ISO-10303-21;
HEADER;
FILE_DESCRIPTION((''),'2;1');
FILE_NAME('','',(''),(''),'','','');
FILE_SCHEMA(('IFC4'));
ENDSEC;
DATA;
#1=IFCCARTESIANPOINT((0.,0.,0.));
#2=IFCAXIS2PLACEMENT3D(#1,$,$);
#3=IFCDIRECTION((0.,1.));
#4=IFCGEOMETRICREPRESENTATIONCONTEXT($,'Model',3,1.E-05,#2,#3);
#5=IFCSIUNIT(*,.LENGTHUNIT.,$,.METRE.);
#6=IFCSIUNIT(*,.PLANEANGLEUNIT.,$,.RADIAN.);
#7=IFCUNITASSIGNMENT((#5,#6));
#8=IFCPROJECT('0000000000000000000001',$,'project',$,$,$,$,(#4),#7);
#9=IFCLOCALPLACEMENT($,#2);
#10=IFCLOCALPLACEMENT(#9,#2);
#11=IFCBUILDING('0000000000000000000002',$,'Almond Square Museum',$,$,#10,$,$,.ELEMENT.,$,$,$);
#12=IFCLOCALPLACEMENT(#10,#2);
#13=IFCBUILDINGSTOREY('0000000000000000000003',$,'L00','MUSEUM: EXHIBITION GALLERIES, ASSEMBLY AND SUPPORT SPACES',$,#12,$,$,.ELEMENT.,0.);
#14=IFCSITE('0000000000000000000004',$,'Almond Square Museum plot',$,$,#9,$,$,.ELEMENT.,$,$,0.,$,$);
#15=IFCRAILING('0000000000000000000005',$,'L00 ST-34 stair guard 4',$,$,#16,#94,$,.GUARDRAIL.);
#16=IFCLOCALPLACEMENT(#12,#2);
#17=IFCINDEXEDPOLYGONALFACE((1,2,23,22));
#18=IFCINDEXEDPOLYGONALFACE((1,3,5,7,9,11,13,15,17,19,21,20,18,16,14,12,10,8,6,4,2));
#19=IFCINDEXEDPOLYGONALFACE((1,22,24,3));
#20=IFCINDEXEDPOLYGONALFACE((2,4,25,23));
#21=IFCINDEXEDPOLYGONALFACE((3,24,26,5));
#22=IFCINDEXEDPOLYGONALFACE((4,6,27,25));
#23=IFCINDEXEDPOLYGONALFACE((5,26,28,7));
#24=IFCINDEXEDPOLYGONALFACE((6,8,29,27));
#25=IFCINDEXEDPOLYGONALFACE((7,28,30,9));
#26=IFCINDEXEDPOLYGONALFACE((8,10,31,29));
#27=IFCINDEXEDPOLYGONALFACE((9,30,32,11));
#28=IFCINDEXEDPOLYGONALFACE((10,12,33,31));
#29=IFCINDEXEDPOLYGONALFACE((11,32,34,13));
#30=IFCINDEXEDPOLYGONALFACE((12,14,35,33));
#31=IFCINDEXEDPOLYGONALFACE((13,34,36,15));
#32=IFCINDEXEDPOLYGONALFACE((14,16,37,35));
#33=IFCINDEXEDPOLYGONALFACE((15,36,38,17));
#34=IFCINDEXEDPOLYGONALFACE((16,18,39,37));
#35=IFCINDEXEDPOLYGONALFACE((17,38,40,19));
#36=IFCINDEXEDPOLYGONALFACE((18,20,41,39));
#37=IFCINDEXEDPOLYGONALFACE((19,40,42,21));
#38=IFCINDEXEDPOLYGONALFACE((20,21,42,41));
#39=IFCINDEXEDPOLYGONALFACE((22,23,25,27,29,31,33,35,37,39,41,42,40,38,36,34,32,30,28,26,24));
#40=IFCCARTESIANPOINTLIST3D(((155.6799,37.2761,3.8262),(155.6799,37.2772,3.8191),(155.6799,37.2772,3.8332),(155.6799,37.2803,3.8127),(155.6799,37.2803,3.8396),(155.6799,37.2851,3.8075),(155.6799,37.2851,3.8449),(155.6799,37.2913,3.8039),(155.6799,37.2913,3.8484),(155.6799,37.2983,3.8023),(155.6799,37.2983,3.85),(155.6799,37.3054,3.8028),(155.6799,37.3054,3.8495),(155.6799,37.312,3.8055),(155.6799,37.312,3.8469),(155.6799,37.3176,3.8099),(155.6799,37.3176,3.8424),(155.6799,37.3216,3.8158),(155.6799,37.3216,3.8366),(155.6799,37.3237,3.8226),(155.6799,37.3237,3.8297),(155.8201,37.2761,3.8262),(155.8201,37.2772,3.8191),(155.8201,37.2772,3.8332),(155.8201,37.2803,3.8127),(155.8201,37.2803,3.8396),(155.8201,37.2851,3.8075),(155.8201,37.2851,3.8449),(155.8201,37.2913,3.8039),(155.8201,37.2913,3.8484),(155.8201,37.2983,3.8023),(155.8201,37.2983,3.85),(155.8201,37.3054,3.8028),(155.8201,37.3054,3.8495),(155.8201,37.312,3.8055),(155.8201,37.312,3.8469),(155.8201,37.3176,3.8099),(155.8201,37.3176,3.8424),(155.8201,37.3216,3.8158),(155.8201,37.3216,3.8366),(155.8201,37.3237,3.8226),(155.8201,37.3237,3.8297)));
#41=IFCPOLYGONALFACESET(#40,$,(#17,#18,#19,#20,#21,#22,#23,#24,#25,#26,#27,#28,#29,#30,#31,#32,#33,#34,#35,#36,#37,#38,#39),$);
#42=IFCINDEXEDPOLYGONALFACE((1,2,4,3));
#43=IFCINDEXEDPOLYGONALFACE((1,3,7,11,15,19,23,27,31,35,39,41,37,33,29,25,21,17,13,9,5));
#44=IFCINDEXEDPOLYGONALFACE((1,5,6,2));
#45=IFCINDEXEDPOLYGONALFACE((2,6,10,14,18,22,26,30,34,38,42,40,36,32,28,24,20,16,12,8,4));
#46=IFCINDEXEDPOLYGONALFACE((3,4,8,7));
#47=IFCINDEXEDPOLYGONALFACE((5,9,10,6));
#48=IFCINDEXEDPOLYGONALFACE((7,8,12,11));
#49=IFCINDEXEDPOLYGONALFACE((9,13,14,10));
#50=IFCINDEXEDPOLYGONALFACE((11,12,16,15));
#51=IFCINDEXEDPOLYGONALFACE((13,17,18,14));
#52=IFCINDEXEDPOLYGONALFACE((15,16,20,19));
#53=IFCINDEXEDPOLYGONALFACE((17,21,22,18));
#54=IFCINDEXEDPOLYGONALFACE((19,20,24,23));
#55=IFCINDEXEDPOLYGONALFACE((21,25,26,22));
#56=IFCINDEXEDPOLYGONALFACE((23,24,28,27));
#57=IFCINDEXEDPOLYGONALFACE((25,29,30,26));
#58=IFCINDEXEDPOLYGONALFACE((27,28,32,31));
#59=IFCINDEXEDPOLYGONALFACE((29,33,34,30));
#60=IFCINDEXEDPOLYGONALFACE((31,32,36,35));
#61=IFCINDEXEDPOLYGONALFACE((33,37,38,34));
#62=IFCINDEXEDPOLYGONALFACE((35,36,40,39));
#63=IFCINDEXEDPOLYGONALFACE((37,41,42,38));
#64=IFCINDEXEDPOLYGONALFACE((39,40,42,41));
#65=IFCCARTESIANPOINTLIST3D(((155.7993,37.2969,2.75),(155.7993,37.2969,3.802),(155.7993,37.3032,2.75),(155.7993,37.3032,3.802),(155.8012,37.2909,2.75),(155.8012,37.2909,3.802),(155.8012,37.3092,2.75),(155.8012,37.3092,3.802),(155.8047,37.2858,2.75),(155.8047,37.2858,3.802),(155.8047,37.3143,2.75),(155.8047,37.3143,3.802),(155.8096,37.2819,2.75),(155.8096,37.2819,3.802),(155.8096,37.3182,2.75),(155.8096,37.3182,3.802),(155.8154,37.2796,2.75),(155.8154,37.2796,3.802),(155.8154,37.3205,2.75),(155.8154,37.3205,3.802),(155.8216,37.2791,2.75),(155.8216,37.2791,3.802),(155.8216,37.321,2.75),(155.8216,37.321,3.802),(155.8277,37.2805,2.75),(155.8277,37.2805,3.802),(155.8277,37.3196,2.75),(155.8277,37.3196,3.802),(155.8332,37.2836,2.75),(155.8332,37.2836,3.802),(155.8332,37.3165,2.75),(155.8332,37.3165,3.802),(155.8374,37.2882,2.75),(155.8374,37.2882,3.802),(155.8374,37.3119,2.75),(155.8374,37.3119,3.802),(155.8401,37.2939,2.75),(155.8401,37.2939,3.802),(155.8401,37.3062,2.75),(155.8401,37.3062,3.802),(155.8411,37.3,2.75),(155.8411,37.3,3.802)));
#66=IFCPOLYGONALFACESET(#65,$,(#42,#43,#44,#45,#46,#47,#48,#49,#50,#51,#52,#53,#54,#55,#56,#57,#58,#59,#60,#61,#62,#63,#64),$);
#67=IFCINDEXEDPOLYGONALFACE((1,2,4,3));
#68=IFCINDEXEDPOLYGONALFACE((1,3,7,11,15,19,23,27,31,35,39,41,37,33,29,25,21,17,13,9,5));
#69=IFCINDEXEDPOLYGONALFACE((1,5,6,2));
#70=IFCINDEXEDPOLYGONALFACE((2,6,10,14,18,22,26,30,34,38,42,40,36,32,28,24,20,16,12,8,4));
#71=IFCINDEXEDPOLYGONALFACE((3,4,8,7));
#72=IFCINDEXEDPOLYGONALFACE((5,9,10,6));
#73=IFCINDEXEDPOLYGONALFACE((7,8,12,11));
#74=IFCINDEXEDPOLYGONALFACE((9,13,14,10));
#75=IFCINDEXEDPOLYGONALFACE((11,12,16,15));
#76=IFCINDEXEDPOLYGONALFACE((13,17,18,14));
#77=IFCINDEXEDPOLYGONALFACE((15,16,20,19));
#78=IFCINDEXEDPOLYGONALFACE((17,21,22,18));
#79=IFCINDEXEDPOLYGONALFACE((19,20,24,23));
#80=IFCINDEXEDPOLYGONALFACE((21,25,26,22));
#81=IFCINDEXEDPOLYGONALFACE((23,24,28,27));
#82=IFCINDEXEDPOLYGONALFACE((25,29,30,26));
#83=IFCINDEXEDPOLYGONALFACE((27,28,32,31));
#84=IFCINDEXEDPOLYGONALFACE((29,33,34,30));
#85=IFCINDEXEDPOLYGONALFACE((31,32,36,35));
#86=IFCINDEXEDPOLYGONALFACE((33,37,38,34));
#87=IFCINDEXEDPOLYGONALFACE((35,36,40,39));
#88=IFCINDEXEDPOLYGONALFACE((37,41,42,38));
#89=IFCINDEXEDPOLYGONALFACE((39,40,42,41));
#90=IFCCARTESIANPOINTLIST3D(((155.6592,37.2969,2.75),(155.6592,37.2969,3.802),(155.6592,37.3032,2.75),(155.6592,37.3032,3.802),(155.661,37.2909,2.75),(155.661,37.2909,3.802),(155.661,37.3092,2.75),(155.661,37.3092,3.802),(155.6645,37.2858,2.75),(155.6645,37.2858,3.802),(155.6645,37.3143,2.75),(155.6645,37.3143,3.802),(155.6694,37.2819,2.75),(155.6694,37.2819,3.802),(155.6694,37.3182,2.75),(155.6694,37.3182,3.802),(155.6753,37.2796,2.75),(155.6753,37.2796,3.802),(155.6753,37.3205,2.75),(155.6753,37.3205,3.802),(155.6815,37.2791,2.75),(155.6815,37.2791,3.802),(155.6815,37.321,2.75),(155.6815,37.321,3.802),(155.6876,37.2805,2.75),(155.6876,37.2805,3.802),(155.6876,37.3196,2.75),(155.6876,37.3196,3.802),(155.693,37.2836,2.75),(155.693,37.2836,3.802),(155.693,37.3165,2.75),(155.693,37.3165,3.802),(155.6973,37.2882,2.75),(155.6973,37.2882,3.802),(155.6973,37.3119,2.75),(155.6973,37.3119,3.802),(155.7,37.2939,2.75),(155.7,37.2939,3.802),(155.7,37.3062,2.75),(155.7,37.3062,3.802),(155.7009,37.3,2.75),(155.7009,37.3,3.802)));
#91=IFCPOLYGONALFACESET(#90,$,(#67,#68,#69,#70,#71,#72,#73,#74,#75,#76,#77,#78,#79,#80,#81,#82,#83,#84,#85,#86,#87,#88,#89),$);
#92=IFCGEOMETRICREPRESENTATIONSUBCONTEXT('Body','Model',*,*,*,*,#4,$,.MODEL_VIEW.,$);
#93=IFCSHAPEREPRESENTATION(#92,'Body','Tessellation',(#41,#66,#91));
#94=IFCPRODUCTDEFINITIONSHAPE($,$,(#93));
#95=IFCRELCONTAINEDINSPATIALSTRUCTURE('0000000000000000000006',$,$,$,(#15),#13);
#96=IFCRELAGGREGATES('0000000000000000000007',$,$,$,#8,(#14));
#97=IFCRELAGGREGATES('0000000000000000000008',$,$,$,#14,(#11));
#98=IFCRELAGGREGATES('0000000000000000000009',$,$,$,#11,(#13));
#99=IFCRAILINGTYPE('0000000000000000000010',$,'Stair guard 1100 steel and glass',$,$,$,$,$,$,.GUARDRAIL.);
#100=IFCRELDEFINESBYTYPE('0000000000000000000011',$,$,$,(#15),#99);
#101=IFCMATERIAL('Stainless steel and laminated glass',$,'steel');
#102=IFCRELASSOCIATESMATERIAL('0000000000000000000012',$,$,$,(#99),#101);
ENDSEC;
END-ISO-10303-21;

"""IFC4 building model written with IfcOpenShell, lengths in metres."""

from ifc_helpers import new_model, si_unit, direction, frame, origin, origin_2d, place, context, subcontext, project, spatial, circle, extrude, material, type_object, element, save


model = new_model("IFC4")

# Units and contexts
model_context = context("Model", 3, precision=1e-05, world=origin(), true_north=direction((0.0, 1.0)))
body_context = subcontext(model_context, "Body", "Model", "MODEL_VIEW")
ifc_project = project(units=[si_unit("LENGTHUNIT", "METRE"), si_unit("PLANEANGLEUNIT", "RADIAN")], contexts=[model_context])

# Site, building, storey
site_placement = place(None, origin())
site = spatial("IfcSite", under=ifc_project, at=site_placement, Name="Almond Square Museum plot", CompositionType="ELEMENT", RefElevation=0.0)
building_placement = place(site_placement, origin())
building = spatial("IfcBuilding", under=site, at=building_placement, Name="Almond Square Museum", CompositionType="ELEMENT")
storey_placement = place(building_placement, origin())
storey = spatial("IfcBuildingStorey", under=building, at=storey_placement, Name="L00", Description="MUSEUM: EXHIBITION GALLERIES, ASSEMBLY AND SUPPORT SPACES", CompositionType="ELEMENT", Elevation=0.0)

# Railing
ifc_material_1 = material(Name="Stainless steel and laminated glass", Category="steel")
railing_type_1 = type_object("IfcRailingType", Name="Stair guard 1100 steel and glass", PredefinedType="GUARDRAIL", material=ifc_material_1)
railing_1_placement = place(storey_placement, frame((155.8201, 37.3, 2.75)))
element("IfcRailing", 1, at=railing_1_placement, inside=storey, type_object=railing_type_1, Name="L00 ST-34 stair guard 4", PredefinedType="GUARDRAIL", context=body_context, shape_type="SweptSolid", body=[
    extrude(circle(Radius=0.0239, at=origin_2d()), frame((0.0, 0.0, 1.0762), z_axis=(-1.0, 0.0, 0.0), x_axis=(0.0, -1.0, 0.0)), (0.0, 0.0, 1.0), 0.1401),
    extrude(circle(Radius=0.021, at=origin_2d()), origin(), (0.0, 0.0, 1.0), 1.052),
    extrude(circle(Radius=0.021, at=origin_2d()), frame((-0.1401, 0.0, 0.0)), (0.0, 0.0, 1.0), 1.052),
])

save(model, "model.ifc")
